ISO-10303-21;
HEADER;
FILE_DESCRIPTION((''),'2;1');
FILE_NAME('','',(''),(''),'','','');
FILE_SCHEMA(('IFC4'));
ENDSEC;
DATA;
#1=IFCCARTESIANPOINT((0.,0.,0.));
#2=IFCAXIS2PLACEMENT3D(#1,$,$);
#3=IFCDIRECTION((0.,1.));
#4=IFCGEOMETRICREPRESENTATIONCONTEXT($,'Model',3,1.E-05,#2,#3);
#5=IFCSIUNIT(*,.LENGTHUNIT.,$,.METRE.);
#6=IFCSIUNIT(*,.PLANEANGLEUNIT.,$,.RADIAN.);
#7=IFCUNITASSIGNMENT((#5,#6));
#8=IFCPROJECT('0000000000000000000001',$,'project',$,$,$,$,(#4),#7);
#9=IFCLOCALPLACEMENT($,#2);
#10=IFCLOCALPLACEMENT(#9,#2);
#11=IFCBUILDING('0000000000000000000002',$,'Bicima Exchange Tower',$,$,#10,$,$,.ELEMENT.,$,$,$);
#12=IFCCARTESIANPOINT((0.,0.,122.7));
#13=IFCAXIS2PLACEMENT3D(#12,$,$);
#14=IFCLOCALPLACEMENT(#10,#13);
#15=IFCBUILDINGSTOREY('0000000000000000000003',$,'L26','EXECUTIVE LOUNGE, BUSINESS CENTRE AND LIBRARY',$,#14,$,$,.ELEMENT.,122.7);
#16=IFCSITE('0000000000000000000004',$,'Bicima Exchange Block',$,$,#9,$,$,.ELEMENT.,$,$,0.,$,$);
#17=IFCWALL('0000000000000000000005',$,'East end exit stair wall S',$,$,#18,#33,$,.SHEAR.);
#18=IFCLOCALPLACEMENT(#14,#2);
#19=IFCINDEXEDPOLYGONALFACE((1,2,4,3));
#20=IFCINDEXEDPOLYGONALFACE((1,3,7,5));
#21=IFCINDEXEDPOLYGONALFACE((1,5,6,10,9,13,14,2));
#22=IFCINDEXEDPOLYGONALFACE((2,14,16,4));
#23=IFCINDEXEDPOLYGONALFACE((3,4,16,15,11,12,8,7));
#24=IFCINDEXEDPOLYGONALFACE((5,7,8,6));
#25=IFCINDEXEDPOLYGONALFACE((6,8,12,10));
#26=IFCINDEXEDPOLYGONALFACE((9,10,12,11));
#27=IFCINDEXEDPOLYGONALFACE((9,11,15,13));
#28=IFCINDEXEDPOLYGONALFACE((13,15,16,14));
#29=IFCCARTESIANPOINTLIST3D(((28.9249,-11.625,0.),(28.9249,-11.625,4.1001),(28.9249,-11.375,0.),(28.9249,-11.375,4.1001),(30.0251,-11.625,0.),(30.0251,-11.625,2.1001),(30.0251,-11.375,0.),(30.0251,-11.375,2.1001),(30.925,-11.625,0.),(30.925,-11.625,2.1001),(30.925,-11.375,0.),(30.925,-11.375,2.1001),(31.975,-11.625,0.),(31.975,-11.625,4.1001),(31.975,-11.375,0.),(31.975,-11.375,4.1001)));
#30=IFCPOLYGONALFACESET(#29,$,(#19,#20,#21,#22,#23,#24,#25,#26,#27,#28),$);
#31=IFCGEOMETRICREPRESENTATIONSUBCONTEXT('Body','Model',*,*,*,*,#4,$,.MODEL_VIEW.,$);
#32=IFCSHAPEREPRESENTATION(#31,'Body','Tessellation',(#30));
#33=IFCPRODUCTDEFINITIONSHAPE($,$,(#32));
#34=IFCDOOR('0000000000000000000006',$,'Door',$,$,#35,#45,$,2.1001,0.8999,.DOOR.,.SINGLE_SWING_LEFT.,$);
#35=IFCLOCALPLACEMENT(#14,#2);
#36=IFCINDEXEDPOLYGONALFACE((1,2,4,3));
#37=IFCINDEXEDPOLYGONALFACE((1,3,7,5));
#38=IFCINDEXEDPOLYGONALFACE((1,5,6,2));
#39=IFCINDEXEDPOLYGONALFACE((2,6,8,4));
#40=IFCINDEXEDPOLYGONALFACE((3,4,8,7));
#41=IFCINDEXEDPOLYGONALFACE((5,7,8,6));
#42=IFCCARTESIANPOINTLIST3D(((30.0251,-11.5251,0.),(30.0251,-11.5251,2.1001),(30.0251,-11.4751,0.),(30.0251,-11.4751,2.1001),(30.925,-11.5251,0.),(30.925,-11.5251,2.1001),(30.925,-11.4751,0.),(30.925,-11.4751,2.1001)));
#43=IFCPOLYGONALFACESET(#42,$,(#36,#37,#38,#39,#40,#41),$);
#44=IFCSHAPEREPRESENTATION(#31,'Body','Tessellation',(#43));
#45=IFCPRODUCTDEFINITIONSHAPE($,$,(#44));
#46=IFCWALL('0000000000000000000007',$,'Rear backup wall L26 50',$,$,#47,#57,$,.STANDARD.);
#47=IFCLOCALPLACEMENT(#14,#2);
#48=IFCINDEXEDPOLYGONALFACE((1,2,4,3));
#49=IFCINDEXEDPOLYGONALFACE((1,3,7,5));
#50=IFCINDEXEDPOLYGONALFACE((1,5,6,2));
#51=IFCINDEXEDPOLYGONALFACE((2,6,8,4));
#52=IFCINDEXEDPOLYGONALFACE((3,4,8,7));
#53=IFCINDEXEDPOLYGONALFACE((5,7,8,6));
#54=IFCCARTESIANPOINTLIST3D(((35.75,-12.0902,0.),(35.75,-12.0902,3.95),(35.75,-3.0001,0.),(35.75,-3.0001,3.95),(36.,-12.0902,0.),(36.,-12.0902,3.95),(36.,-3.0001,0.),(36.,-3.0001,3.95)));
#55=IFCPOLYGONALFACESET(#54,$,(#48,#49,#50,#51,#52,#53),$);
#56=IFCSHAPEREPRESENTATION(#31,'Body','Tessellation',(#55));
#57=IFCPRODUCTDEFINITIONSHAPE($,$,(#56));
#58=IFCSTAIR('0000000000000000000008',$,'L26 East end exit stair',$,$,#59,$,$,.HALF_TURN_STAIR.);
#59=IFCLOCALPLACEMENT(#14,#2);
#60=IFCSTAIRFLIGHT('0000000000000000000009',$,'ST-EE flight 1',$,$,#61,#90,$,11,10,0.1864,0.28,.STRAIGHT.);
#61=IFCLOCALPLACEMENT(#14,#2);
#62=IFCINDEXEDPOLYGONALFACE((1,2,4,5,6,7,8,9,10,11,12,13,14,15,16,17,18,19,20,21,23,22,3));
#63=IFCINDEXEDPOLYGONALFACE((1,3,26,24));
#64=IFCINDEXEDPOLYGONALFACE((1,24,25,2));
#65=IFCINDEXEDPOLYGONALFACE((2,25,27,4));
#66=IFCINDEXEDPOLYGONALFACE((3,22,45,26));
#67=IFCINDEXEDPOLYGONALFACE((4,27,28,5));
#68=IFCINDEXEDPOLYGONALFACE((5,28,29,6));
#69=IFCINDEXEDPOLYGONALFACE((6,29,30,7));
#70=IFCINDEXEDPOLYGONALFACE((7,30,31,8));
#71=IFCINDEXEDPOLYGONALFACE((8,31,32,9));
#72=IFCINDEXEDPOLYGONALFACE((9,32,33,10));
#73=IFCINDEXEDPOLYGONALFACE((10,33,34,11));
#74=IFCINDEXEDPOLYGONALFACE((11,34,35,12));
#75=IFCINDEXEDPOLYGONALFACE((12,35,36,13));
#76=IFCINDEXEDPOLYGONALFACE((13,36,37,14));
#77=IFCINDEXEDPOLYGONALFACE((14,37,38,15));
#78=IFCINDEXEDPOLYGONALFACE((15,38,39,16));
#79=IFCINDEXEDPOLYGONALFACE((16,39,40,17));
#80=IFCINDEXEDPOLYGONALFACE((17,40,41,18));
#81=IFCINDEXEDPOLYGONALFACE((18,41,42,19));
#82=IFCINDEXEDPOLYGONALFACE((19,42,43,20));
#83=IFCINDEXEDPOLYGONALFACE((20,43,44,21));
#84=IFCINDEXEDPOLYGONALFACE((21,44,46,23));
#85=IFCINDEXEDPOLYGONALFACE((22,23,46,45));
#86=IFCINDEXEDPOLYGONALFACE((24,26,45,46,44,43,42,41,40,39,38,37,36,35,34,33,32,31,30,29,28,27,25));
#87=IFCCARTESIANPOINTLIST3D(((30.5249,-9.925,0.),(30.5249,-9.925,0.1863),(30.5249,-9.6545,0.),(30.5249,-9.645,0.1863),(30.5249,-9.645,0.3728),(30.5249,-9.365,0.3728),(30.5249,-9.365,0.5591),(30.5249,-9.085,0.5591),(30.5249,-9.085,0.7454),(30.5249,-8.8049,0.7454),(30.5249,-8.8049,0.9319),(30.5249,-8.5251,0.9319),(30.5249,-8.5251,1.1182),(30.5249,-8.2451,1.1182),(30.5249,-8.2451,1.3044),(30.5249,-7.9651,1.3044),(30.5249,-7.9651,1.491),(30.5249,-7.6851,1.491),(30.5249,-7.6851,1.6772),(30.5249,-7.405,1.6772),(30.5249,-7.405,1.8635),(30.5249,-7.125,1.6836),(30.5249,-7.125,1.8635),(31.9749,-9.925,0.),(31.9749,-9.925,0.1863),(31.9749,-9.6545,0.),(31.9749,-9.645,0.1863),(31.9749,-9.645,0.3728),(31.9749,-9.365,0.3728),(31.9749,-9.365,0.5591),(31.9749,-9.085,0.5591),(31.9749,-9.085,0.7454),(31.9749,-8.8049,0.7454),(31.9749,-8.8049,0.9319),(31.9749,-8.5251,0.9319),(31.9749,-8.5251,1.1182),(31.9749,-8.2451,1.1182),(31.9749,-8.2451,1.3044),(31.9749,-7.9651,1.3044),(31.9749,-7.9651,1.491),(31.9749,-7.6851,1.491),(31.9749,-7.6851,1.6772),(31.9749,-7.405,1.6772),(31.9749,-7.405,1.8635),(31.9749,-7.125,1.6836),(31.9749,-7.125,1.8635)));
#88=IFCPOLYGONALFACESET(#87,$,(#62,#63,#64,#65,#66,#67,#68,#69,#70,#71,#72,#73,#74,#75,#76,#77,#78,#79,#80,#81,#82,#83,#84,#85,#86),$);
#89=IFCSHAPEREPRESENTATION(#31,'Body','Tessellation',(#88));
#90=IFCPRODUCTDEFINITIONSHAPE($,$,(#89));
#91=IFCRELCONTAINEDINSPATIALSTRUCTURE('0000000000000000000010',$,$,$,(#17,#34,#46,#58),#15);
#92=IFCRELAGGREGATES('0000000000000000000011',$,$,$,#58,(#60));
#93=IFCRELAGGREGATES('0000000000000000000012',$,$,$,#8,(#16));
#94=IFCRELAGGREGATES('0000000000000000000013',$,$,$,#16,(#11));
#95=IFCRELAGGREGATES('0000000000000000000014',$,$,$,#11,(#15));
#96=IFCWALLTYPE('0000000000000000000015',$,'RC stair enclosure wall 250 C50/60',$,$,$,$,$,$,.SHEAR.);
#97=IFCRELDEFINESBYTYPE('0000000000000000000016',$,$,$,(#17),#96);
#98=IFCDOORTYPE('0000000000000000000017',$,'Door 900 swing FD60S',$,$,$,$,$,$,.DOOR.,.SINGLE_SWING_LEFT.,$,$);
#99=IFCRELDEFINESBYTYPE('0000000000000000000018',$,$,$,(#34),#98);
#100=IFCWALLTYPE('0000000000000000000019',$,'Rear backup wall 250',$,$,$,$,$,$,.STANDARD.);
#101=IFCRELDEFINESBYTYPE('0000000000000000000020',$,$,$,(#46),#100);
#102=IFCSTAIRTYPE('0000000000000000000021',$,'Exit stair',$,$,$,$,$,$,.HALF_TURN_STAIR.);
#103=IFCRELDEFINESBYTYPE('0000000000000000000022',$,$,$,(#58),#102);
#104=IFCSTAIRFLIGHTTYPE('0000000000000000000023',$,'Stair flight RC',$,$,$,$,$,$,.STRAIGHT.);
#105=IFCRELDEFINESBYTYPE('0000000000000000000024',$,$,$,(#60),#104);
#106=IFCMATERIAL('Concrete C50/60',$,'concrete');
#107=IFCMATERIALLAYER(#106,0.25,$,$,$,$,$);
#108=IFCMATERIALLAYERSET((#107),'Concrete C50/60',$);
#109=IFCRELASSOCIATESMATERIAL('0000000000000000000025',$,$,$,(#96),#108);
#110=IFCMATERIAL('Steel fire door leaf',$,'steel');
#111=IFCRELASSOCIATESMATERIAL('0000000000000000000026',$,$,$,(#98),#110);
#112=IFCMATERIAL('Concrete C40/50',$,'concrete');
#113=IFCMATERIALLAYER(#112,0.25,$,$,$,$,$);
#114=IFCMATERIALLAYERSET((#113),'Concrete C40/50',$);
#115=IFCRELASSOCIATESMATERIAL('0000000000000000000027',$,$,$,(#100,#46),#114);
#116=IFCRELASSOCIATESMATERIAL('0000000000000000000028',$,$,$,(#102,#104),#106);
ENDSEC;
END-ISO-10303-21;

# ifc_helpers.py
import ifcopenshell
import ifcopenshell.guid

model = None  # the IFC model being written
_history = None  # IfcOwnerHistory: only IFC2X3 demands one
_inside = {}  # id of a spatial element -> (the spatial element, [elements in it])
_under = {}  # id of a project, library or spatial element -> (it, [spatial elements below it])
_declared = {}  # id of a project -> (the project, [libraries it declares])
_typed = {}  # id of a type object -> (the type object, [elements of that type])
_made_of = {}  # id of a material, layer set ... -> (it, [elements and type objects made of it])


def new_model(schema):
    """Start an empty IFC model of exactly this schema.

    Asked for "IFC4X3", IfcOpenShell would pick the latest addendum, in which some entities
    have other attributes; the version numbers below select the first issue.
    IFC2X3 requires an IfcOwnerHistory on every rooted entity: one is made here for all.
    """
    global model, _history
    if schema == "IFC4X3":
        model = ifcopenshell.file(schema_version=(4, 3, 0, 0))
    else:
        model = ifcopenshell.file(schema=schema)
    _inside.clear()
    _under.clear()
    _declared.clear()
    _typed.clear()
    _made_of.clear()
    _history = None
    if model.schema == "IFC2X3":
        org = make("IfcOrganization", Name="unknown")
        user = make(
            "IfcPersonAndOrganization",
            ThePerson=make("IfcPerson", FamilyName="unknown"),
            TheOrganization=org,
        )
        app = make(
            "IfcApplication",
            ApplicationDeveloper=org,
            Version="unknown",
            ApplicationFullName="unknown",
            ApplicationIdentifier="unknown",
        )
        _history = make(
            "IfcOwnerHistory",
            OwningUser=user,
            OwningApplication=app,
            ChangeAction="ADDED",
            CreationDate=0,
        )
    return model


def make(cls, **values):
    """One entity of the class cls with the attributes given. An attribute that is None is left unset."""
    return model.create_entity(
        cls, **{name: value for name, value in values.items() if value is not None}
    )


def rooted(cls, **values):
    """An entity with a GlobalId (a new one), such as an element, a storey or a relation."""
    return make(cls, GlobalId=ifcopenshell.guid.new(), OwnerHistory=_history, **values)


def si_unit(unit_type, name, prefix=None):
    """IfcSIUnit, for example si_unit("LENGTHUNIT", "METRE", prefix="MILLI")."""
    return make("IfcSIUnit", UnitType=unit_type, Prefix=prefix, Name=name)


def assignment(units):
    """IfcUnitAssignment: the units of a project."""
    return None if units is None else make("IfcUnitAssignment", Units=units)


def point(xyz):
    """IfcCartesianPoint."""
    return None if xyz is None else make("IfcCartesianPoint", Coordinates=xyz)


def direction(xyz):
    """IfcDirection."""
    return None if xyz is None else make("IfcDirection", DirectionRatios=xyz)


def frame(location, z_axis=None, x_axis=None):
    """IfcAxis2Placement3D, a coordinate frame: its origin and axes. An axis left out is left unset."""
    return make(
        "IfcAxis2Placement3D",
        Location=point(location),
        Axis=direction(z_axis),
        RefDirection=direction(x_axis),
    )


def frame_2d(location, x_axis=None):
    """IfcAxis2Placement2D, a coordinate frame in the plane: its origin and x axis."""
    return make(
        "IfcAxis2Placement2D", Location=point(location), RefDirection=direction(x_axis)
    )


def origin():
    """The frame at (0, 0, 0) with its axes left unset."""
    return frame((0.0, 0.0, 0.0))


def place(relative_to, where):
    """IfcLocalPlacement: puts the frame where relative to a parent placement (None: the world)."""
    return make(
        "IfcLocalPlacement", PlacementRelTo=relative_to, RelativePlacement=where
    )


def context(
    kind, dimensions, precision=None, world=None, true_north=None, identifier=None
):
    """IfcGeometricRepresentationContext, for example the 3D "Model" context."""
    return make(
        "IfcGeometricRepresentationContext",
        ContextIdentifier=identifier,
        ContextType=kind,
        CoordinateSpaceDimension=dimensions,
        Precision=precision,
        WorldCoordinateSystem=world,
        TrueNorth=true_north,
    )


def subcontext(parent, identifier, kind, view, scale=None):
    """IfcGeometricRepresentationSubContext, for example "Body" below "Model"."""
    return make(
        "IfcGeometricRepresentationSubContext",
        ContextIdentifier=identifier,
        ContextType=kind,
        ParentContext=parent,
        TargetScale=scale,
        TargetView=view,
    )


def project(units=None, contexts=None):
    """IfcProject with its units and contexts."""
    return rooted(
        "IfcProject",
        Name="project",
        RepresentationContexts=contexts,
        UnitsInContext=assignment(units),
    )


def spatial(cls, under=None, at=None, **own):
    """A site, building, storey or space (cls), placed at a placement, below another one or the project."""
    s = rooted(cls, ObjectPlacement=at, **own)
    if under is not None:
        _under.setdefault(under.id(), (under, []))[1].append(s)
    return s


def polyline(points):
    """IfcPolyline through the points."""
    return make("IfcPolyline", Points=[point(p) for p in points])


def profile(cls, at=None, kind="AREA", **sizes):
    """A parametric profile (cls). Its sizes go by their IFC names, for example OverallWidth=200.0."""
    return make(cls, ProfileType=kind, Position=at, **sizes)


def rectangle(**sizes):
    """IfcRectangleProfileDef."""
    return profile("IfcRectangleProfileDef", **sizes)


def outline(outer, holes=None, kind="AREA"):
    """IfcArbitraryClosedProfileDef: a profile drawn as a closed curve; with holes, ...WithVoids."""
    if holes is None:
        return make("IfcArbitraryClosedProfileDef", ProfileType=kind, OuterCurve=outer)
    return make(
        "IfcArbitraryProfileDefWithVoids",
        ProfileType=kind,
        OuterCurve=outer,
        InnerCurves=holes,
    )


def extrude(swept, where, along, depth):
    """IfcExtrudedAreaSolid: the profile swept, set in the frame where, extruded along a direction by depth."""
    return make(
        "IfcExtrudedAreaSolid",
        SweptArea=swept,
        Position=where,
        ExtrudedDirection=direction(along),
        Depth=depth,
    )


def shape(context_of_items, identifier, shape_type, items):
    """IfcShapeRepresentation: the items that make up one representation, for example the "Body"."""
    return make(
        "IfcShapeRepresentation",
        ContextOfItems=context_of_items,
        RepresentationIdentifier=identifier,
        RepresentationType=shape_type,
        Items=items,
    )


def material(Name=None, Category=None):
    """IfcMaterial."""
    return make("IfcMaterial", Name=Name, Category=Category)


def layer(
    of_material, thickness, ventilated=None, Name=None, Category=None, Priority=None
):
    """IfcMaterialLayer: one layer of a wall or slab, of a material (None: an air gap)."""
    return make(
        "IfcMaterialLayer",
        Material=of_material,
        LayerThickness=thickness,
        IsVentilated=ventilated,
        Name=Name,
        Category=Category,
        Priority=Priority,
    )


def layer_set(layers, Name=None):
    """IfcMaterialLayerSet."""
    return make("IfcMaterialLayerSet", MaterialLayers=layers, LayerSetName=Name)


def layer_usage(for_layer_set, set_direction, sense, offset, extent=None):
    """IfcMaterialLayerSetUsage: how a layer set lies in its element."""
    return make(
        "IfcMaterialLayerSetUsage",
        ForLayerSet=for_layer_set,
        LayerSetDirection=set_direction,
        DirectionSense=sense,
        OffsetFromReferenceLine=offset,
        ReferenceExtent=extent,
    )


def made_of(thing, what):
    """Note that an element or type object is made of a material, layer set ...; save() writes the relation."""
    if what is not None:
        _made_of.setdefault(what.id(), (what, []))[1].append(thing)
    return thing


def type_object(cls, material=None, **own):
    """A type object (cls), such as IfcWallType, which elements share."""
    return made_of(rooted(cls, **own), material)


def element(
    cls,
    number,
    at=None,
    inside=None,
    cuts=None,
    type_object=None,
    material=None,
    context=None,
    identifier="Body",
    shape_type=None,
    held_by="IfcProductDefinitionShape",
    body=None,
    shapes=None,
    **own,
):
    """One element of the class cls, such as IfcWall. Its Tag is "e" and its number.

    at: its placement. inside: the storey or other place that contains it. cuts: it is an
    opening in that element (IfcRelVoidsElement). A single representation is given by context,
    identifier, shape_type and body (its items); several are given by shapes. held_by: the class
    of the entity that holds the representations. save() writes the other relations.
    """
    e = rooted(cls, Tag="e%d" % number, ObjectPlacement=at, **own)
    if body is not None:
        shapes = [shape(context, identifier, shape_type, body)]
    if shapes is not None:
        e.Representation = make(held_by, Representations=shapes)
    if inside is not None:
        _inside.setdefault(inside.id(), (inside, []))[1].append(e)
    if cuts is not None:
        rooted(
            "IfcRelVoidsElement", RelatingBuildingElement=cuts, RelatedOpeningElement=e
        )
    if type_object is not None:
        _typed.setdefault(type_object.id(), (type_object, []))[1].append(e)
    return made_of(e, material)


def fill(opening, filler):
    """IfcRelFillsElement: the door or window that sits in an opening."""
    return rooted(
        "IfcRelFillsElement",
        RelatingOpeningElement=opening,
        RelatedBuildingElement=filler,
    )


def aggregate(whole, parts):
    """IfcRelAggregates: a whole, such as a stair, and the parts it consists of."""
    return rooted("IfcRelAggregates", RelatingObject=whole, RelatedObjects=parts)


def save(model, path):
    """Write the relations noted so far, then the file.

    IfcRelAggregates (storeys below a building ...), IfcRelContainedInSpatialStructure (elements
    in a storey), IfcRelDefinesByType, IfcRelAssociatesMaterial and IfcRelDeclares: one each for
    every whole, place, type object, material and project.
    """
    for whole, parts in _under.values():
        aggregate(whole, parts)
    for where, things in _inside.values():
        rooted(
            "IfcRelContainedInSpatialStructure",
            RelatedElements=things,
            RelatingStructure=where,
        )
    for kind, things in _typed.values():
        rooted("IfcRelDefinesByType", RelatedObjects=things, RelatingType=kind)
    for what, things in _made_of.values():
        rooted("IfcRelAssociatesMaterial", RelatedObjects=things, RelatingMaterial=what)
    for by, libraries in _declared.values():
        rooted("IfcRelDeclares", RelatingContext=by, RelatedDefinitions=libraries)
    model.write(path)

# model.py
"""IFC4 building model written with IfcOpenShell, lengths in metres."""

from ifc_helpers import new_model, si_unit, direction, frame, frame_2d, origin, place, context, subcontext, project, spatial, polyline, rectangle, outline, extrude, material, layer, layer_set, layer_usage, type_object, element, fill, aggregate, save


model = new_model("IFC4")

# Units and contexts
model_context = context("Model", 3, precision=1e-05, world=origin(), true_north=direction((0.0, 1.0)))
body_context = subcontext(model_context, "Body", "Model", "MODEL_VIEW")
ifc_project = project(units=[si_unit("LENGTHUNIT", "METRE"), si_unit("PLANEANGLEUNIT", "RADIAN")], contexts=[model_context])

# Site, building, storey
site_placement = place(None, origin())
site = spatial("IfcSite", under=ifc_project, at=site_placement, Name="Bicima Exchange Block", CompositionType="ELEMENT", RefElevation=0.0)
building_placement = place(site_placement, origin())
building = spatial("IfcBuilding", under=site, at=building_placement, Name="Bicima Exchange Tower", CompositionType="ELEMENT")
storey_placement = place(building_placement, frame((0.0, 0.0, 122.7)))
storey = spatial("IfcBuildingStorey", under=building, at=storey_placement, Name="L26", Description="EXECUTIVE LOUNGE, BUSINESS CENTRE AND LIBRARY", CompositionType="ELEMENT", Elevation=122.7)

# Shared definitions
ifc_material_1 = material(Name="Steel fire door leaf", Category="steel")

# Shared definitions
ifc_material_2 = material(Name="Concrete C50/60", Category="concrete")
ifc_layer_1 = layer(ifc_material_2, 0.25)
ifc_layer_set_1 = layer_set([ifc_layer_1], Name="Concrete C50/60")
wall_type_1 = type_object("IfcWallType", Name="RC stair enclosure wall 250 C50/60", PredefinedType="SHEAR", material=ifc_layer_set_1)

# Wall, opening, door
wall_1_placement = place(storey_placement, frame((28.925, -11.5, 0.0), z_axis=(0.0, 0.0, 1.0), x_axis=(1.0, 0.0, 0.0)))
wall_1 = element("IfcWall", 1, at=wall_1_placement, inside=storey, type_object=wall_type_1, Name="East end exit stair wall S", PredefinedType="SHEAR", context=body_context, shape_type="SweptSolid", body=[
    extrude(rectangle(XDim=3.05, YDim=0.25, at=frame_2d((1.5249, 0.0))), origin(), (0.0, 0.0, 1.0), 4.1001),
])
opening_1_placement = place(wall_1_placement, frame((1.1001, 0.0, 0.0)))
opening_1 = element("IfcOpeningElement", 2, at=opening_1_placement, cuts=wall_1, PredefinedType="OPENING", context=body_context, shape_type="SweptSolid", body=[
    extrude(rectangle(XDim=0.8999, YDim=2.1001, at=frame_2d((0.45, 1.05))), frame((0.0, 0.137, 0.0), z_axis=(0.0, -1.0, 0.0), x_axis=(1.0, 0.0, 0.0)), (0.0, 0.0, 1.0), 0.2739),
])
door_type_1 = type_object("IfcDoorType", Name="Door 900 swing FD60S", OperationType="SINGLE_SWING_LEFT", PredefinedType="DOOR", material=ifc_material_1)
door_1_placement = place(opening_1_placement, origin())
door_1 = element("IfcDoor", 3, at=door_1_placement, inside=storey, type_object=door_type_1, Name="Door", OperationType="SINGLE_SWING_LEFT", OverallHeight=2.1001, OverallWidth=0.8999, PredefinedType="DOOR", context=body_context, shape_type="SweptSolid", body=[
    extrude(rectangle(XDim=0.8999, YDim=2.1001, at=frame_2d((0.45, 1.05))), frame((0.0, 0.0249, 0.0), z_axis=(0.0, -1.0, 0.0), x_axis=(1.0, 0.0, 0.0)), (0.0, 0.0, 1.0), 0.05),
])
fill(opening_1, door_1)

# Wall
ifc_material_3 = material(Name="Concrete C40/50", Category="concrete")
ifc_layer_2 = layer(ifc_material_3, 0.25)
ifc_layer_set_2 = layer_set([ifc_layer_2], Name="Concrete C40/50")
ifc_layer_usage = layer_usage(ifc_layer_set_2, "AXIS2", "POSITIVE", -0.125)
wall_type_2 = type_object("IfcWallType", Name="Rear backup wall 250", PredefinedType="STANDARD", material=ifc_layer_set_2)
wall_2_placement = place(storey_placement, frame((35.875, -12.0901, 0.0), z_axis=(0.0, 0.0, 1.0), x_axis=(0.0, 1.0, 0.0)))
element("IfcWall", 4, at=wall_2_placement, inside=storey, type_object=wall_type_2, material=ifc_layer_usage, Name="Rear backup wall L26 50", PredefinedType="STANDARD", context=body_context, shape_type="SweptSolid", body=[
    extrude(rectangle(XDim=9.0901, YDim=0.25, at=frame_2d((4.5449, 0.0))), origin(), (0.0, 0.0, 1.0), 3.95),
])

# Stair, stair flight
stair_type = type_object("IfcStairType", Name="Exit stair", PredefinedType="HALF_TURN_STAIR", material=ifc_material_2)
stair_placement = place(storey_placement, origin())
stair = element("IfcStair", 5, at=stair_placement, inside=storey, type_object=stair_type, Name="L26 East end exit stair", PredefinedType="HALF_TURN_STAIR")
stair_flight_type = type_object("IfcStairFlightType", Name="Stair flight RC", PredefinedType="STRAIGHT", material=ifc_material_2)
stair_flight_placement = place(storey_placement, frame((31.25, -9.925, 0.0), z_axis=(0.0, 0.0, 1.0), x_axis=(0.0, 1.0, 0.0)))
stair_flight = element("IfcStairFlight", 6, at=stair_flight_placement, type_object=stair_flight_type, Name="ST-EE flight 1", NumberOfRisers=11, NumberOfTreads=10, PredefinedType="STRAIGHT", RiserHeight=0.1864, TreadLength=0.28, context=body_context, shape_type="SweptSolid", body=[
    extrude(outline(polyline([(0.0, 0.0), (0.0, 0.1863), (0.28, 0.1863), (0.28, 0.3728), (0.5601, 0.3728), (0.5601, 0.5591), (0.8401, 0.5591), (0.8401, 0.7454), (1.1201, 0.7454), (1.1201, 0.9319), (1.3999, 0.9319), (1.3999, 1.1182), (1.6799, 1.1182), (1.6799, 1.3044), (1.96, 1.3044), (1.96, 1.491), (2.24, 1.491), (2.24, 1.6772), (2.52, 1.6772), (2.52, 1.8635), (2.8, 1.8635), (2.8, 2.05), (2.8, 1.6836), (0.2705, 0.0), (0.0, 0.0)])), frame((0.0, 0.7251, 0.0), z_axis=(0.0, -1.0, 0.0), x_axis=(1.0, 0.0, 0.0)), (0.0, 0.0, 1.0), 1.45),
])
aggregate(stair, [stair_flight])

save(model, "model.ifc")
